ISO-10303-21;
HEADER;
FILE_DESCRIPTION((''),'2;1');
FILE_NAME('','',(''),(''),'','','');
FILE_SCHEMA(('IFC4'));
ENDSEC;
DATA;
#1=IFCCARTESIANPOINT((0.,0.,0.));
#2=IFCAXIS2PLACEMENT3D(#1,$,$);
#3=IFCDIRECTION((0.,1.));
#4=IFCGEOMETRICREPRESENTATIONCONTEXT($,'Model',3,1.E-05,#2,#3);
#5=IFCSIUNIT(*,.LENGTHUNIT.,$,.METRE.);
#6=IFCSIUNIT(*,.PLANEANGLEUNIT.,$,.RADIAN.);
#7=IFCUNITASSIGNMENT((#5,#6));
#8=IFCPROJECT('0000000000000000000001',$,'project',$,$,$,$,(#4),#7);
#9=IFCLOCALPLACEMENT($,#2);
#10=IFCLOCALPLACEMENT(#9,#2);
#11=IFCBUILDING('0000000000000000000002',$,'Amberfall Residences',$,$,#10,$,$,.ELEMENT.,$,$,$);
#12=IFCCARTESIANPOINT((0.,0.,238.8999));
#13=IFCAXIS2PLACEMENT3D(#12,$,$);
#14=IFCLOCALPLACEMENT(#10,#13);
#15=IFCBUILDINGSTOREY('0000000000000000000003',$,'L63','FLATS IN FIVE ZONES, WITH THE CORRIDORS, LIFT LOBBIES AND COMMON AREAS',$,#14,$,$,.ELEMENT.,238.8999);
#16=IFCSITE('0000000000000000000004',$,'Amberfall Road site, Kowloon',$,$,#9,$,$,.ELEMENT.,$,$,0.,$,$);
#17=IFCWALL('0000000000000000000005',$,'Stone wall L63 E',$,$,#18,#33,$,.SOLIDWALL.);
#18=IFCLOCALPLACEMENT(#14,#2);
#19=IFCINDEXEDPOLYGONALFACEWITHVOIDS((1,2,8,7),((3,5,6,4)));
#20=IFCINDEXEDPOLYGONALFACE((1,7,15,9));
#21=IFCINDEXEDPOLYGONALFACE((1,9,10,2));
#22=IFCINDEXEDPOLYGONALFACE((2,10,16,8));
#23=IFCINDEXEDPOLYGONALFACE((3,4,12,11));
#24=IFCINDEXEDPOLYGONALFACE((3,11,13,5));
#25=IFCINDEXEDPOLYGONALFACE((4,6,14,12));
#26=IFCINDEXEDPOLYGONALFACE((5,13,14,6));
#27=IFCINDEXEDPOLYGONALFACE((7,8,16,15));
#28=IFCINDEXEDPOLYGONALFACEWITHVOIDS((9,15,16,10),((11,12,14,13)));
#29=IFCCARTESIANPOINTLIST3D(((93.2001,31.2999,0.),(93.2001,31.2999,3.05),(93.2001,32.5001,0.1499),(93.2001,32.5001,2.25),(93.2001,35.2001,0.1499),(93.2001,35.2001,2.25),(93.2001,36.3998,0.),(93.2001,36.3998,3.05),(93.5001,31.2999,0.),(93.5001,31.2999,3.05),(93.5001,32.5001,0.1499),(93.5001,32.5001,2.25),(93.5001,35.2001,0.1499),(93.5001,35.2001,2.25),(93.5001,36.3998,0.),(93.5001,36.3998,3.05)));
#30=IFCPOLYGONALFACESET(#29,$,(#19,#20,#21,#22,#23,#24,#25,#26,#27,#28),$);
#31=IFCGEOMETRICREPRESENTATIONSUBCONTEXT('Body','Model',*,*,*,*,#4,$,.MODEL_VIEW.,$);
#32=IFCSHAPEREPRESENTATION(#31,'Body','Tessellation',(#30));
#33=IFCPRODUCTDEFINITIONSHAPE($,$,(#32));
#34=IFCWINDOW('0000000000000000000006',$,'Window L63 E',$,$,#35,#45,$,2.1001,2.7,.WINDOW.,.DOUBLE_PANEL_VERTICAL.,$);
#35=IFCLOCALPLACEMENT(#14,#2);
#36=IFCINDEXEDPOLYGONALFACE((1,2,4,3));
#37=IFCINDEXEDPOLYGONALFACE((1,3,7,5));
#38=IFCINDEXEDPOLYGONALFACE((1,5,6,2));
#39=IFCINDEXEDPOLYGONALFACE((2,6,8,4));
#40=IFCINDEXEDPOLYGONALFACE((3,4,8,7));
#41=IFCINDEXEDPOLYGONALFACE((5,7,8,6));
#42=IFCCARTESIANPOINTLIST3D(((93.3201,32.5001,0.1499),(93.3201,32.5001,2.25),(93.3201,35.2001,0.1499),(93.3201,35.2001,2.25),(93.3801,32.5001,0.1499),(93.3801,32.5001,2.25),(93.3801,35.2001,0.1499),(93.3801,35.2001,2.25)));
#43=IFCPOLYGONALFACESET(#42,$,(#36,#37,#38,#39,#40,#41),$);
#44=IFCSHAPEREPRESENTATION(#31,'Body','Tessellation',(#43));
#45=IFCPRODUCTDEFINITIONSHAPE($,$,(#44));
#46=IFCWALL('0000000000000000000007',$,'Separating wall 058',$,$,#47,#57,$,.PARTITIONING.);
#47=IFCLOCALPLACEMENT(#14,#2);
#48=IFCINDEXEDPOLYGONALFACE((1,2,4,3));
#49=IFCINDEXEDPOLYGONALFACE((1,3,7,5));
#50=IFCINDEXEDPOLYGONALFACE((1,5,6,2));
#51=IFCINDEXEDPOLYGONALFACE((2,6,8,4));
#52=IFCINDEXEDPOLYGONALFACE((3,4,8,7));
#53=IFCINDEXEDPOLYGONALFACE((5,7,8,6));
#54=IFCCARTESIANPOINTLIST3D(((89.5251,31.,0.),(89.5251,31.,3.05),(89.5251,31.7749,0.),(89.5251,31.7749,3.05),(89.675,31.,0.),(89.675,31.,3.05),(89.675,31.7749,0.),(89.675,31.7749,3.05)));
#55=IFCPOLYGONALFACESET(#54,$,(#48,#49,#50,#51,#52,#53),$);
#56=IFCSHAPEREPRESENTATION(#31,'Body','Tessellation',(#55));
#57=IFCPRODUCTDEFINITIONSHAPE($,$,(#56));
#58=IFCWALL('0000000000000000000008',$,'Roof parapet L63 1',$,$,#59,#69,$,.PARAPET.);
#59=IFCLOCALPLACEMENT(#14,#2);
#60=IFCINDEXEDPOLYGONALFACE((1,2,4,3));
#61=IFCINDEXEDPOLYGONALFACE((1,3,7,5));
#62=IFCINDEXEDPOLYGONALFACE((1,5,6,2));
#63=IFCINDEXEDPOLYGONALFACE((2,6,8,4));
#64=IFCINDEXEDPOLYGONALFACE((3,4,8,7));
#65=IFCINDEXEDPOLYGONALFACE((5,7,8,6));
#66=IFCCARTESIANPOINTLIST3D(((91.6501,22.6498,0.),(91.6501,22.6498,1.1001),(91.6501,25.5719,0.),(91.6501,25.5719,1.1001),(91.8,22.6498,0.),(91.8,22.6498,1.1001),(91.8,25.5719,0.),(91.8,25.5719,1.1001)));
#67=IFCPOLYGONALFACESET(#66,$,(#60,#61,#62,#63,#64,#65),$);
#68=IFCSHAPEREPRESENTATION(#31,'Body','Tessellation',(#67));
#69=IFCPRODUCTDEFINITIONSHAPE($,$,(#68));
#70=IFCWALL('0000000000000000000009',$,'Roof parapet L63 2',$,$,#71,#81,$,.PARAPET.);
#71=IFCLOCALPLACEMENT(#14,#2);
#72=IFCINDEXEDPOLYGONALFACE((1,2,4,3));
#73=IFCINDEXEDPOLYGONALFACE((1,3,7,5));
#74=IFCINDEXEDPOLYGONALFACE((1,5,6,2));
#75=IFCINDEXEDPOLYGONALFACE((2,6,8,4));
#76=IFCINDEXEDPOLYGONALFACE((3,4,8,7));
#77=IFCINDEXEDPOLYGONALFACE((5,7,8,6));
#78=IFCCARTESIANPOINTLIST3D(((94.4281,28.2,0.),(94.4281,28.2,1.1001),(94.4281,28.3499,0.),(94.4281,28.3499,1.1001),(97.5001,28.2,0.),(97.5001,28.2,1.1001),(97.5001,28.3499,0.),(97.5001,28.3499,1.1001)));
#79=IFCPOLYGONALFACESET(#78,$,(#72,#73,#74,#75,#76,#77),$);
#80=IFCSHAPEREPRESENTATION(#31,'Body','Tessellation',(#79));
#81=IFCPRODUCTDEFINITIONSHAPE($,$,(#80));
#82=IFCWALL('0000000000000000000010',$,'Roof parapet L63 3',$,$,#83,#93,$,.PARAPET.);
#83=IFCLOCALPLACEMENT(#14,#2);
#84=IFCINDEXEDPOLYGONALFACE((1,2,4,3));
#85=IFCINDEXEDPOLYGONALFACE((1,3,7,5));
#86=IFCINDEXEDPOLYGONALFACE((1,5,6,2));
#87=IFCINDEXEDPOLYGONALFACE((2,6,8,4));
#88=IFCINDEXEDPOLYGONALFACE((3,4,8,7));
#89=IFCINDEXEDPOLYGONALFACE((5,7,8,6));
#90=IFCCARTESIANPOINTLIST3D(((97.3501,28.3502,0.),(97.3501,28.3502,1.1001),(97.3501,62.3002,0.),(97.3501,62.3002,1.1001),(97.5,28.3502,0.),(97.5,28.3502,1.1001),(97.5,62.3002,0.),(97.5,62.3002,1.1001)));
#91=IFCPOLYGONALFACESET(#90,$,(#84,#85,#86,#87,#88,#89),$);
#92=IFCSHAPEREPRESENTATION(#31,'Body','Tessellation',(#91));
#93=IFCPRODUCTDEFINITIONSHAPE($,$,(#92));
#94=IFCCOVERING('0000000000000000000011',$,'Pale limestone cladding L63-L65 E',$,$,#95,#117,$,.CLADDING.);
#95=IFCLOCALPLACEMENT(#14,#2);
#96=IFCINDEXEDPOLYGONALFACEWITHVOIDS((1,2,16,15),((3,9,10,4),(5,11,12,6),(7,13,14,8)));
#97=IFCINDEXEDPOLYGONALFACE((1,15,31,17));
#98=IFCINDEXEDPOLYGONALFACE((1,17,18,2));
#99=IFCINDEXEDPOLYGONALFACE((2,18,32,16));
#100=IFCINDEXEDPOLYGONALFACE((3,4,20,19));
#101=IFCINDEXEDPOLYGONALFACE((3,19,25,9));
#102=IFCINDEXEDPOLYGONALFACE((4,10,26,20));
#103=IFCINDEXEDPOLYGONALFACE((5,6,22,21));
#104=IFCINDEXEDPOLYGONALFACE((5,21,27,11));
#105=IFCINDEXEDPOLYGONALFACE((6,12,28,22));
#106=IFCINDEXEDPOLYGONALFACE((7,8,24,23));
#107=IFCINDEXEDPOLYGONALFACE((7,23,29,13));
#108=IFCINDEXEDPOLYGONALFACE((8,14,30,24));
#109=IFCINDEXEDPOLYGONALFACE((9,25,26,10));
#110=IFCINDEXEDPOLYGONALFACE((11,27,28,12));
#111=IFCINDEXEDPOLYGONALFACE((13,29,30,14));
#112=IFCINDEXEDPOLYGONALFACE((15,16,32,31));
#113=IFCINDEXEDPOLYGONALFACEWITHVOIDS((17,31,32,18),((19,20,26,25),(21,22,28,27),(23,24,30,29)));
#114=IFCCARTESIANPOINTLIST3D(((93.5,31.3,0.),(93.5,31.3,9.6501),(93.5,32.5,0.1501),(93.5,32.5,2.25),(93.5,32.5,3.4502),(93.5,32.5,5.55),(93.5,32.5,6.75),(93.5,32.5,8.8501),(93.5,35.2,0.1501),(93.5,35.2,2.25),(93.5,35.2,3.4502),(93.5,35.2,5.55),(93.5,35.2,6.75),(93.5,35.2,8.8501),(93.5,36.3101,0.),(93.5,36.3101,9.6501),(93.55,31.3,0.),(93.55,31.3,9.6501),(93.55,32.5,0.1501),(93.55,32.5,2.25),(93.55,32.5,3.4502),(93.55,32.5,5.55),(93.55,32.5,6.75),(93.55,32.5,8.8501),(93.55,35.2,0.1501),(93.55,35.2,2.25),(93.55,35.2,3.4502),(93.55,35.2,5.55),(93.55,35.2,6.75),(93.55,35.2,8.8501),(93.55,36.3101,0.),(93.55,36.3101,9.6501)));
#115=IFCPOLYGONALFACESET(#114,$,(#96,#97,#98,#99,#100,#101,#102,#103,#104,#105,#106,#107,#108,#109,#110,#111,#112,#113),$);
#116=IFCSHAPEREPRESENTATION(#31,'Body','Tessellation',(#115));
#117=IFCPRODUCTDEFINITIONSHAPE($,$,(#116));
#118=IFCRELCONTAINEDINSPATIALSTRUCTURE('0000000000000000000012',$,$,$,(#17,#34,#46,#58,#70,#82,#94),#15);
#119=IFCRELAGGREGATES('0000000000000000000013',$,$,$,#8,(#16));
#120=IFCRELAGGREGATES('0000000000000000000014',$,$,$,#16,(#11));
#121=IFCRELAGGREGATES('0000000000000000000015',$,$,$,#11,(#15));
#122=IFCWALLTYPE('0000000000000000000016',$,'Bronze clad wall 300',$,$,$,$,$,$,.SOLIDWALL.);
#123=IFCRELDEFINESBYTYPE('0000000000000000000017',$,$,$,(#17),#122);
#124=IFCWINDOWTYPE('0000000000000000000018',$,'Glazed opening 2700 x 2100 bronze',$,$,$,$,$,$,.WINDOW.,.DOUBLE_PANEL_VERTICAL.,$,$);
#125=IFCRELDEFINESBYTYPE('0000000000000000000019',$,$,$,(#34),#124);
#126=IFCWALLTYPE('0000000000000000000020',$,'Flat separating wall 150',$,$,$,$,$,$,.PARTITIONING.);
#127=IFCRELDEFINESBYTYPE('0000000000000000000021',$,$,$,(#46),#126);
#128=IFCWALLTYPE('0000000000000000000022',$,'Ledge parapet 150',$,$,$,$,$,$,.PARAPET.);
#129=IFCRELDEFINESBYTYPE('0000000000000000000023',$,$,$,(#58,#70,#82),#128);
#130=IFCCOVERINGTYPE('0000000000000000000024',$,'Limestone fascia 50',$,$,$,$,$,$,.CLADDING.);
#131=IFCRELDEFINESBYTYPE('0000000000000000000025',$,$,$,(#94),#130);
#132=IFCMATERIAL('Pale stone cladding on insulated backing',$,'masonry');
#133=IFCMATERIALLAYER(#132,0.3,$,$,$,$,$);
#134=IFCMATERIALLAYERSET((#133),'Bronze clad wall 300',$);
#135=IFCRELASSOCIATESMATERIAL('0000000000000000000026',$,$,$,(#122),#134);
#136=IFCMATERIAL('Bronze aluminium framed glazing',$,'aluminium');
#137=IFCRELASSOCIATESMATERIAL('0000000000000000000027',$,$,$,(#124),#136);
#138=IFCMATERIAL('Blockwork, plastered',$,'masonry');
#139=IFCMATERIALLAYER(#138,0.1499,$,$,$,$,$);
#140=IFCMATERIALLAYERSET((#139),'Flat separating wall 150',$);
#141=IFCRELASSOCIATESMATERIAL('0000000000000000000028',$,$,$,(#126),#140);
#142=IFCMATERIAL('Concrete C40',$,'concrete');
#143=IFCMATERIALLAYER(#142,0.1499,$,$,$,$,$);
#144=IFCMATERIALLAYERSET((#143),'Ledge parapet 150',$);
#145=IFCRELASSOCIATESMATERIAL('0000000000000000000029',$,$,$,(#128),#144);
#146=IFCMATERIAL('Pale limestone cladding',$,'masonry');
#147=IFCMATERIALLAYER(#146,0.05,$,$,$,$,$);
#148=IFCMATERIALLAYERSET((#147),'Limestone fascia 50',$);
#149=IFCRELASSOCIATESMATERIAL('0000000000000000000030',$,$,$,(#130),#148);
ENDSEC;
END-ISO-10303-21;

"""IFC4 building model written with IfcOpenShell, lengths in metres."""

from ifc_helpers import new_model, si_unit, direction, frame, frame_2d, origin, place, context, subcontext, project, spatial, polyline, rectangle, outline, extrude, material, layer, layer_set, type_object, element, fill, save


model = new_model("IFC4")

# Units and contexts
model_context = context("Model", 3, precision=1e-05, world=origin(), true_north=direction((0.0, 1.0)))
body_context = subcontext(model_context, "Body", "Model", "MODEL_VIEW")
ifc_project = project(units=[si_unit("LENGTHUNIT", "METRE"), si_unit("PLANEANGLEUNIT", "RADIAN")], contexts=[model_context])

# Site, building, storey
site_placement = place(None, origin())
site = spatial("IfcSite", under=ifc_project, at=site_placement, Name="Amberfall Road site, Kowloon", CompositionType="ELEMENT", RefElevation=0.0)
building_placement = place(site_placement, origin())
building = spatial("IfcBuilding", under=site, at=building_placement, Name="Amberfall Residences", CompositionType="ELEMENT")
storey_placement = place(building_placement, frame((0.0, 0.0, 238.8999)))
storey = spatial("IfcBuildingStorey", under=building, at=storey_placement, Name="L63", Description="FLATS IN FIVE ZONES, WITH THE CORRIDORS, LIFT LOBBIES AND COMMON AREAS", CompositionType="ELEMENT", Elevation=238.8999)

# Shared definitions
ifc_material_1 = material(Name="Pale stone cladding on insulated backing", Category="masonry")
ifc_layer_1 = layer(ifc_material_1, 0.3)
ifc_layer_set_1 = layer_set([ifc_layer_1], Name="Bronze clad wall 300")
wall_type_1 = type_object("IfcWallType", Name="Bronze clad wall 300", PredefinedType="SOLIDWALL", material=ifc_layer_set_1)

# Shared definitions
ifc_material_2 = material(Name="Bronze aluminium framed glazing", Category="aluminium")

# Wall, opening, window
wall_1_placement = place(storey_placement, frame((93.3501, 31.3, 0.0), z_axis=(0.0, 0.0, 1.0), x_axis=(0.0, 1.0, 0.0)))
wall_1 = element("IfcWall", 1, at=wall_1_placement, inside=storey, type_object=wall_type_1, Name="Stone wall L63 E", PredefinedType="SOLIDWALL", context=body_context, shape_type="SweptSolid", body=[
    extrude(rectangle(XDim=5.0999, YDim=0.3, at=frame_2d((2.5498, 0.0))), origin(), (0.0, 0.0, 1.0), 3.05),
])
opening_1_placement = place(wall_1_placement, frame((1.2, 0.0, 0.1499)))
opening_1 = element("IfcOpeningElement", 2, at=opening_1_placement, cuts=wall_1, PredefinedType="OPENING", context=body_context, shape_type="SweptSolid", body=[
    extrude(rectangle(XDim=2.7, YDim=2.1001, at=frame_2d((1.3501, 1.05))), frame((0.0, 0.1599, 0.0), z_axis=(0.0, -1.0, 0.0), x_axis=(1.0, 0.0, 0.0)), (0.0, 0.0, 1.0), 0.3201),
])
window_type_1 = type_object("IfcWindowType", Name="Glazed opening 2700 x 2100 bronze", PartitioningType="DOUBLE_PANEL_VERTICAL", PredefinedType="WINDOW", material=ifc_material_2)
window_1_placement = place(opening_1_placement, origin())
window_1 = element("IfcWindow", 3, at=window_1_placement, inside=storey, type_object=window_type_1, Name="Window L63 E", OverallHeight=2.1001, OverallWidth=2.7, PartitioningType="DOUBLE_PANEL_VERTICAL", PredefinedType="WINDOW", context=body_context, shape_type="SweptSolid", body=[
    extrude(rectangle(XDim=2.7, YDim=2.1001, at=frame_2d((1.3501, 1.05))), frame((0.0, 0.03, 0.0), z_axis=(0.0, -1.0, 0.0), x_axis=(1.0, 0.0, 0.0)), (0.0, 0.0, 1.0), 0.0601),
])
fill(opening_1, window_1)

# Walls
ifc_material_3 = material(Name="Blockwork, plastered", Category="masonry")
ifc_layer_2 = layer(ifc_material_3, 0.1499)
ifc_layer_set_2 = layer_set([ifc_layer_2], Name="Flat separating wall 150")
wall_type_2 = type_object("IfcWallType", Name="Flat separating wall 150", PredefinedType="PARTITIONING", material=ifc_layer_set_2)
wall_2_placement = place(storey_placement, frame((89.6001, 31.0, 0.0), z_axis=(0.0, 0.0, 1.0), x_axis=(0.0, 1.0, 0.0)))
element("IfcWall", 4, at=wall_2_placement, inside=storey, type_object=wall_type_2, Name="Separating wall 058", PredefinedType="PARTITIONING", context=body_context, shape_type="SweptSolid", body=[
    extrude(rectangle(XDim=0.7749, YDim=0.1499, at=frame_2d((0.3875, 0.0))), origin(), (0.0, 0.0, 1.0), 3.05),
])
ifc_material_4 = material(Name="Concrete C40", Category="concrete")
ifc_layer_3 = layer(ifc_material_4, 0.1499)
ifc_layer_set_3 = layer_set([ifc_layer_3], Name="Ledge parapet 150")
wall_type_3 = type_object("IfcWallType", Name="Ledge parapet 150", PredefinedType="PARAPET", material=ifc_layer_set_3)
wall_3_placement = place(storey_placement, frame((91.7251, 22.6499, 0.0), z_axis=(0.0, 0.0, 1.0), x_axis=(0.0, 1.0, 0.0)))
element("IfcWall", 5, at=wall_3_placement, inside=storey, type_object=wall_type_3, Name="Roof parapet L63 1", PredefinedType="PARAPET", context=body_context, shape_type="SweptSolid", body=[
    extrude(rectangle(XDim=2.9221, YDim=0.1499, at=frame_2d((1.4609, 0.0))), origin(), (0.0, 0.0, 1.0), 1.1001),
])
wall_4_placement = place(storey_placement, frame((94.428, 28.2749, 0.0), z_axis=(0.0, 0.0, 1.0), x_axis=(1.0, 0.0, 0.0)))
element("IfcWall", 6, at=wall_4_placement, inside=storey, type_object=wall_type_3, Name="Roof parapet L63 2", PredefinedType="PARAPET", context=body_context, shape_type="SweptSolid", body=[
    extrude(rectangle(XDim=3.072, YDim=0.1499, at=frame_2d((1.5361, 0.0))), origin(), (0.0, 0.0, 1.0), 1.1001),
])
wall_5_placement = place(storey_placement, frame((97.425, 28.3501, 0.0), z_axis=(0.0, 0.0, 1.0), x_axis=(0.0, 1.0, 0.0)))
element("IfcWall", 7, at=wall_5_placement, inside=storey, type_object=wall_type_3, Name="Roof parapet L63 3", PredefinedType="PARAPET", context=body_context, shape_type="SweptSolid", body=[
    extrude(rectangle(XDim=33.95, YDim=0.1499, at=frame_2d((16.9751, 0.0))), origin(), (0.0, 0.0, 1.0), 1.1001),
])

# Covering
ifc_material_5 = material(Name="Pale limestone cladding", Category="masonry")
ifc_layer_4 = layer(ifc_material_5, 0.05)
ifc_layer_set_4 = layer_set([ifc_layer_4], Name="Limestone fascia 50")
covering_type = type_object("IfcCoveringType", Name="Limestone fascia 50", PredefinedType="CLADDING", material=ifc_layer_set_4)
covering_placement = place(storey_placement, frame((93.5, 31.3, 9.6501), z_axis=(-1.0, 0.0, 0.0), x_axis=(0.0, 1.0, 0.0)))
element("IfcCovering", 8, at=covering_placement, inside=storey, type_object=covering_type, Name="Pale limestone cladding L63-L65 E", PredefinedType="CLADDING", context=body_context, shape_type="SweptSolid", body=[
    extrude(outline(polyline([(0.0, 0.0), (5.01, 0.0), (5.01, 9.6501), (0.0, 9.6501), (0.0, 0.0)]), holes=[polyline([(1.2, 7.4001), (3.8999, 7.4001), (3.8999, 9.5), (1.2, 9.5), (1.2, 7.4001)]), polyline([(1.2, 4.1001), (3.8999, 4.1001), (3.8999, 6.2), (1.2, 6.2), (1.2, 4.1001)]), polyline([(1.2, 0.8), (3.8999, 0.8), (3.8999, 2.9001), (1.2, 2.9001), (1.2, 0.8)])]), origin(), (0.0, 0.0, -1.0), 0.05),
])

save(model, "model.ifc")
